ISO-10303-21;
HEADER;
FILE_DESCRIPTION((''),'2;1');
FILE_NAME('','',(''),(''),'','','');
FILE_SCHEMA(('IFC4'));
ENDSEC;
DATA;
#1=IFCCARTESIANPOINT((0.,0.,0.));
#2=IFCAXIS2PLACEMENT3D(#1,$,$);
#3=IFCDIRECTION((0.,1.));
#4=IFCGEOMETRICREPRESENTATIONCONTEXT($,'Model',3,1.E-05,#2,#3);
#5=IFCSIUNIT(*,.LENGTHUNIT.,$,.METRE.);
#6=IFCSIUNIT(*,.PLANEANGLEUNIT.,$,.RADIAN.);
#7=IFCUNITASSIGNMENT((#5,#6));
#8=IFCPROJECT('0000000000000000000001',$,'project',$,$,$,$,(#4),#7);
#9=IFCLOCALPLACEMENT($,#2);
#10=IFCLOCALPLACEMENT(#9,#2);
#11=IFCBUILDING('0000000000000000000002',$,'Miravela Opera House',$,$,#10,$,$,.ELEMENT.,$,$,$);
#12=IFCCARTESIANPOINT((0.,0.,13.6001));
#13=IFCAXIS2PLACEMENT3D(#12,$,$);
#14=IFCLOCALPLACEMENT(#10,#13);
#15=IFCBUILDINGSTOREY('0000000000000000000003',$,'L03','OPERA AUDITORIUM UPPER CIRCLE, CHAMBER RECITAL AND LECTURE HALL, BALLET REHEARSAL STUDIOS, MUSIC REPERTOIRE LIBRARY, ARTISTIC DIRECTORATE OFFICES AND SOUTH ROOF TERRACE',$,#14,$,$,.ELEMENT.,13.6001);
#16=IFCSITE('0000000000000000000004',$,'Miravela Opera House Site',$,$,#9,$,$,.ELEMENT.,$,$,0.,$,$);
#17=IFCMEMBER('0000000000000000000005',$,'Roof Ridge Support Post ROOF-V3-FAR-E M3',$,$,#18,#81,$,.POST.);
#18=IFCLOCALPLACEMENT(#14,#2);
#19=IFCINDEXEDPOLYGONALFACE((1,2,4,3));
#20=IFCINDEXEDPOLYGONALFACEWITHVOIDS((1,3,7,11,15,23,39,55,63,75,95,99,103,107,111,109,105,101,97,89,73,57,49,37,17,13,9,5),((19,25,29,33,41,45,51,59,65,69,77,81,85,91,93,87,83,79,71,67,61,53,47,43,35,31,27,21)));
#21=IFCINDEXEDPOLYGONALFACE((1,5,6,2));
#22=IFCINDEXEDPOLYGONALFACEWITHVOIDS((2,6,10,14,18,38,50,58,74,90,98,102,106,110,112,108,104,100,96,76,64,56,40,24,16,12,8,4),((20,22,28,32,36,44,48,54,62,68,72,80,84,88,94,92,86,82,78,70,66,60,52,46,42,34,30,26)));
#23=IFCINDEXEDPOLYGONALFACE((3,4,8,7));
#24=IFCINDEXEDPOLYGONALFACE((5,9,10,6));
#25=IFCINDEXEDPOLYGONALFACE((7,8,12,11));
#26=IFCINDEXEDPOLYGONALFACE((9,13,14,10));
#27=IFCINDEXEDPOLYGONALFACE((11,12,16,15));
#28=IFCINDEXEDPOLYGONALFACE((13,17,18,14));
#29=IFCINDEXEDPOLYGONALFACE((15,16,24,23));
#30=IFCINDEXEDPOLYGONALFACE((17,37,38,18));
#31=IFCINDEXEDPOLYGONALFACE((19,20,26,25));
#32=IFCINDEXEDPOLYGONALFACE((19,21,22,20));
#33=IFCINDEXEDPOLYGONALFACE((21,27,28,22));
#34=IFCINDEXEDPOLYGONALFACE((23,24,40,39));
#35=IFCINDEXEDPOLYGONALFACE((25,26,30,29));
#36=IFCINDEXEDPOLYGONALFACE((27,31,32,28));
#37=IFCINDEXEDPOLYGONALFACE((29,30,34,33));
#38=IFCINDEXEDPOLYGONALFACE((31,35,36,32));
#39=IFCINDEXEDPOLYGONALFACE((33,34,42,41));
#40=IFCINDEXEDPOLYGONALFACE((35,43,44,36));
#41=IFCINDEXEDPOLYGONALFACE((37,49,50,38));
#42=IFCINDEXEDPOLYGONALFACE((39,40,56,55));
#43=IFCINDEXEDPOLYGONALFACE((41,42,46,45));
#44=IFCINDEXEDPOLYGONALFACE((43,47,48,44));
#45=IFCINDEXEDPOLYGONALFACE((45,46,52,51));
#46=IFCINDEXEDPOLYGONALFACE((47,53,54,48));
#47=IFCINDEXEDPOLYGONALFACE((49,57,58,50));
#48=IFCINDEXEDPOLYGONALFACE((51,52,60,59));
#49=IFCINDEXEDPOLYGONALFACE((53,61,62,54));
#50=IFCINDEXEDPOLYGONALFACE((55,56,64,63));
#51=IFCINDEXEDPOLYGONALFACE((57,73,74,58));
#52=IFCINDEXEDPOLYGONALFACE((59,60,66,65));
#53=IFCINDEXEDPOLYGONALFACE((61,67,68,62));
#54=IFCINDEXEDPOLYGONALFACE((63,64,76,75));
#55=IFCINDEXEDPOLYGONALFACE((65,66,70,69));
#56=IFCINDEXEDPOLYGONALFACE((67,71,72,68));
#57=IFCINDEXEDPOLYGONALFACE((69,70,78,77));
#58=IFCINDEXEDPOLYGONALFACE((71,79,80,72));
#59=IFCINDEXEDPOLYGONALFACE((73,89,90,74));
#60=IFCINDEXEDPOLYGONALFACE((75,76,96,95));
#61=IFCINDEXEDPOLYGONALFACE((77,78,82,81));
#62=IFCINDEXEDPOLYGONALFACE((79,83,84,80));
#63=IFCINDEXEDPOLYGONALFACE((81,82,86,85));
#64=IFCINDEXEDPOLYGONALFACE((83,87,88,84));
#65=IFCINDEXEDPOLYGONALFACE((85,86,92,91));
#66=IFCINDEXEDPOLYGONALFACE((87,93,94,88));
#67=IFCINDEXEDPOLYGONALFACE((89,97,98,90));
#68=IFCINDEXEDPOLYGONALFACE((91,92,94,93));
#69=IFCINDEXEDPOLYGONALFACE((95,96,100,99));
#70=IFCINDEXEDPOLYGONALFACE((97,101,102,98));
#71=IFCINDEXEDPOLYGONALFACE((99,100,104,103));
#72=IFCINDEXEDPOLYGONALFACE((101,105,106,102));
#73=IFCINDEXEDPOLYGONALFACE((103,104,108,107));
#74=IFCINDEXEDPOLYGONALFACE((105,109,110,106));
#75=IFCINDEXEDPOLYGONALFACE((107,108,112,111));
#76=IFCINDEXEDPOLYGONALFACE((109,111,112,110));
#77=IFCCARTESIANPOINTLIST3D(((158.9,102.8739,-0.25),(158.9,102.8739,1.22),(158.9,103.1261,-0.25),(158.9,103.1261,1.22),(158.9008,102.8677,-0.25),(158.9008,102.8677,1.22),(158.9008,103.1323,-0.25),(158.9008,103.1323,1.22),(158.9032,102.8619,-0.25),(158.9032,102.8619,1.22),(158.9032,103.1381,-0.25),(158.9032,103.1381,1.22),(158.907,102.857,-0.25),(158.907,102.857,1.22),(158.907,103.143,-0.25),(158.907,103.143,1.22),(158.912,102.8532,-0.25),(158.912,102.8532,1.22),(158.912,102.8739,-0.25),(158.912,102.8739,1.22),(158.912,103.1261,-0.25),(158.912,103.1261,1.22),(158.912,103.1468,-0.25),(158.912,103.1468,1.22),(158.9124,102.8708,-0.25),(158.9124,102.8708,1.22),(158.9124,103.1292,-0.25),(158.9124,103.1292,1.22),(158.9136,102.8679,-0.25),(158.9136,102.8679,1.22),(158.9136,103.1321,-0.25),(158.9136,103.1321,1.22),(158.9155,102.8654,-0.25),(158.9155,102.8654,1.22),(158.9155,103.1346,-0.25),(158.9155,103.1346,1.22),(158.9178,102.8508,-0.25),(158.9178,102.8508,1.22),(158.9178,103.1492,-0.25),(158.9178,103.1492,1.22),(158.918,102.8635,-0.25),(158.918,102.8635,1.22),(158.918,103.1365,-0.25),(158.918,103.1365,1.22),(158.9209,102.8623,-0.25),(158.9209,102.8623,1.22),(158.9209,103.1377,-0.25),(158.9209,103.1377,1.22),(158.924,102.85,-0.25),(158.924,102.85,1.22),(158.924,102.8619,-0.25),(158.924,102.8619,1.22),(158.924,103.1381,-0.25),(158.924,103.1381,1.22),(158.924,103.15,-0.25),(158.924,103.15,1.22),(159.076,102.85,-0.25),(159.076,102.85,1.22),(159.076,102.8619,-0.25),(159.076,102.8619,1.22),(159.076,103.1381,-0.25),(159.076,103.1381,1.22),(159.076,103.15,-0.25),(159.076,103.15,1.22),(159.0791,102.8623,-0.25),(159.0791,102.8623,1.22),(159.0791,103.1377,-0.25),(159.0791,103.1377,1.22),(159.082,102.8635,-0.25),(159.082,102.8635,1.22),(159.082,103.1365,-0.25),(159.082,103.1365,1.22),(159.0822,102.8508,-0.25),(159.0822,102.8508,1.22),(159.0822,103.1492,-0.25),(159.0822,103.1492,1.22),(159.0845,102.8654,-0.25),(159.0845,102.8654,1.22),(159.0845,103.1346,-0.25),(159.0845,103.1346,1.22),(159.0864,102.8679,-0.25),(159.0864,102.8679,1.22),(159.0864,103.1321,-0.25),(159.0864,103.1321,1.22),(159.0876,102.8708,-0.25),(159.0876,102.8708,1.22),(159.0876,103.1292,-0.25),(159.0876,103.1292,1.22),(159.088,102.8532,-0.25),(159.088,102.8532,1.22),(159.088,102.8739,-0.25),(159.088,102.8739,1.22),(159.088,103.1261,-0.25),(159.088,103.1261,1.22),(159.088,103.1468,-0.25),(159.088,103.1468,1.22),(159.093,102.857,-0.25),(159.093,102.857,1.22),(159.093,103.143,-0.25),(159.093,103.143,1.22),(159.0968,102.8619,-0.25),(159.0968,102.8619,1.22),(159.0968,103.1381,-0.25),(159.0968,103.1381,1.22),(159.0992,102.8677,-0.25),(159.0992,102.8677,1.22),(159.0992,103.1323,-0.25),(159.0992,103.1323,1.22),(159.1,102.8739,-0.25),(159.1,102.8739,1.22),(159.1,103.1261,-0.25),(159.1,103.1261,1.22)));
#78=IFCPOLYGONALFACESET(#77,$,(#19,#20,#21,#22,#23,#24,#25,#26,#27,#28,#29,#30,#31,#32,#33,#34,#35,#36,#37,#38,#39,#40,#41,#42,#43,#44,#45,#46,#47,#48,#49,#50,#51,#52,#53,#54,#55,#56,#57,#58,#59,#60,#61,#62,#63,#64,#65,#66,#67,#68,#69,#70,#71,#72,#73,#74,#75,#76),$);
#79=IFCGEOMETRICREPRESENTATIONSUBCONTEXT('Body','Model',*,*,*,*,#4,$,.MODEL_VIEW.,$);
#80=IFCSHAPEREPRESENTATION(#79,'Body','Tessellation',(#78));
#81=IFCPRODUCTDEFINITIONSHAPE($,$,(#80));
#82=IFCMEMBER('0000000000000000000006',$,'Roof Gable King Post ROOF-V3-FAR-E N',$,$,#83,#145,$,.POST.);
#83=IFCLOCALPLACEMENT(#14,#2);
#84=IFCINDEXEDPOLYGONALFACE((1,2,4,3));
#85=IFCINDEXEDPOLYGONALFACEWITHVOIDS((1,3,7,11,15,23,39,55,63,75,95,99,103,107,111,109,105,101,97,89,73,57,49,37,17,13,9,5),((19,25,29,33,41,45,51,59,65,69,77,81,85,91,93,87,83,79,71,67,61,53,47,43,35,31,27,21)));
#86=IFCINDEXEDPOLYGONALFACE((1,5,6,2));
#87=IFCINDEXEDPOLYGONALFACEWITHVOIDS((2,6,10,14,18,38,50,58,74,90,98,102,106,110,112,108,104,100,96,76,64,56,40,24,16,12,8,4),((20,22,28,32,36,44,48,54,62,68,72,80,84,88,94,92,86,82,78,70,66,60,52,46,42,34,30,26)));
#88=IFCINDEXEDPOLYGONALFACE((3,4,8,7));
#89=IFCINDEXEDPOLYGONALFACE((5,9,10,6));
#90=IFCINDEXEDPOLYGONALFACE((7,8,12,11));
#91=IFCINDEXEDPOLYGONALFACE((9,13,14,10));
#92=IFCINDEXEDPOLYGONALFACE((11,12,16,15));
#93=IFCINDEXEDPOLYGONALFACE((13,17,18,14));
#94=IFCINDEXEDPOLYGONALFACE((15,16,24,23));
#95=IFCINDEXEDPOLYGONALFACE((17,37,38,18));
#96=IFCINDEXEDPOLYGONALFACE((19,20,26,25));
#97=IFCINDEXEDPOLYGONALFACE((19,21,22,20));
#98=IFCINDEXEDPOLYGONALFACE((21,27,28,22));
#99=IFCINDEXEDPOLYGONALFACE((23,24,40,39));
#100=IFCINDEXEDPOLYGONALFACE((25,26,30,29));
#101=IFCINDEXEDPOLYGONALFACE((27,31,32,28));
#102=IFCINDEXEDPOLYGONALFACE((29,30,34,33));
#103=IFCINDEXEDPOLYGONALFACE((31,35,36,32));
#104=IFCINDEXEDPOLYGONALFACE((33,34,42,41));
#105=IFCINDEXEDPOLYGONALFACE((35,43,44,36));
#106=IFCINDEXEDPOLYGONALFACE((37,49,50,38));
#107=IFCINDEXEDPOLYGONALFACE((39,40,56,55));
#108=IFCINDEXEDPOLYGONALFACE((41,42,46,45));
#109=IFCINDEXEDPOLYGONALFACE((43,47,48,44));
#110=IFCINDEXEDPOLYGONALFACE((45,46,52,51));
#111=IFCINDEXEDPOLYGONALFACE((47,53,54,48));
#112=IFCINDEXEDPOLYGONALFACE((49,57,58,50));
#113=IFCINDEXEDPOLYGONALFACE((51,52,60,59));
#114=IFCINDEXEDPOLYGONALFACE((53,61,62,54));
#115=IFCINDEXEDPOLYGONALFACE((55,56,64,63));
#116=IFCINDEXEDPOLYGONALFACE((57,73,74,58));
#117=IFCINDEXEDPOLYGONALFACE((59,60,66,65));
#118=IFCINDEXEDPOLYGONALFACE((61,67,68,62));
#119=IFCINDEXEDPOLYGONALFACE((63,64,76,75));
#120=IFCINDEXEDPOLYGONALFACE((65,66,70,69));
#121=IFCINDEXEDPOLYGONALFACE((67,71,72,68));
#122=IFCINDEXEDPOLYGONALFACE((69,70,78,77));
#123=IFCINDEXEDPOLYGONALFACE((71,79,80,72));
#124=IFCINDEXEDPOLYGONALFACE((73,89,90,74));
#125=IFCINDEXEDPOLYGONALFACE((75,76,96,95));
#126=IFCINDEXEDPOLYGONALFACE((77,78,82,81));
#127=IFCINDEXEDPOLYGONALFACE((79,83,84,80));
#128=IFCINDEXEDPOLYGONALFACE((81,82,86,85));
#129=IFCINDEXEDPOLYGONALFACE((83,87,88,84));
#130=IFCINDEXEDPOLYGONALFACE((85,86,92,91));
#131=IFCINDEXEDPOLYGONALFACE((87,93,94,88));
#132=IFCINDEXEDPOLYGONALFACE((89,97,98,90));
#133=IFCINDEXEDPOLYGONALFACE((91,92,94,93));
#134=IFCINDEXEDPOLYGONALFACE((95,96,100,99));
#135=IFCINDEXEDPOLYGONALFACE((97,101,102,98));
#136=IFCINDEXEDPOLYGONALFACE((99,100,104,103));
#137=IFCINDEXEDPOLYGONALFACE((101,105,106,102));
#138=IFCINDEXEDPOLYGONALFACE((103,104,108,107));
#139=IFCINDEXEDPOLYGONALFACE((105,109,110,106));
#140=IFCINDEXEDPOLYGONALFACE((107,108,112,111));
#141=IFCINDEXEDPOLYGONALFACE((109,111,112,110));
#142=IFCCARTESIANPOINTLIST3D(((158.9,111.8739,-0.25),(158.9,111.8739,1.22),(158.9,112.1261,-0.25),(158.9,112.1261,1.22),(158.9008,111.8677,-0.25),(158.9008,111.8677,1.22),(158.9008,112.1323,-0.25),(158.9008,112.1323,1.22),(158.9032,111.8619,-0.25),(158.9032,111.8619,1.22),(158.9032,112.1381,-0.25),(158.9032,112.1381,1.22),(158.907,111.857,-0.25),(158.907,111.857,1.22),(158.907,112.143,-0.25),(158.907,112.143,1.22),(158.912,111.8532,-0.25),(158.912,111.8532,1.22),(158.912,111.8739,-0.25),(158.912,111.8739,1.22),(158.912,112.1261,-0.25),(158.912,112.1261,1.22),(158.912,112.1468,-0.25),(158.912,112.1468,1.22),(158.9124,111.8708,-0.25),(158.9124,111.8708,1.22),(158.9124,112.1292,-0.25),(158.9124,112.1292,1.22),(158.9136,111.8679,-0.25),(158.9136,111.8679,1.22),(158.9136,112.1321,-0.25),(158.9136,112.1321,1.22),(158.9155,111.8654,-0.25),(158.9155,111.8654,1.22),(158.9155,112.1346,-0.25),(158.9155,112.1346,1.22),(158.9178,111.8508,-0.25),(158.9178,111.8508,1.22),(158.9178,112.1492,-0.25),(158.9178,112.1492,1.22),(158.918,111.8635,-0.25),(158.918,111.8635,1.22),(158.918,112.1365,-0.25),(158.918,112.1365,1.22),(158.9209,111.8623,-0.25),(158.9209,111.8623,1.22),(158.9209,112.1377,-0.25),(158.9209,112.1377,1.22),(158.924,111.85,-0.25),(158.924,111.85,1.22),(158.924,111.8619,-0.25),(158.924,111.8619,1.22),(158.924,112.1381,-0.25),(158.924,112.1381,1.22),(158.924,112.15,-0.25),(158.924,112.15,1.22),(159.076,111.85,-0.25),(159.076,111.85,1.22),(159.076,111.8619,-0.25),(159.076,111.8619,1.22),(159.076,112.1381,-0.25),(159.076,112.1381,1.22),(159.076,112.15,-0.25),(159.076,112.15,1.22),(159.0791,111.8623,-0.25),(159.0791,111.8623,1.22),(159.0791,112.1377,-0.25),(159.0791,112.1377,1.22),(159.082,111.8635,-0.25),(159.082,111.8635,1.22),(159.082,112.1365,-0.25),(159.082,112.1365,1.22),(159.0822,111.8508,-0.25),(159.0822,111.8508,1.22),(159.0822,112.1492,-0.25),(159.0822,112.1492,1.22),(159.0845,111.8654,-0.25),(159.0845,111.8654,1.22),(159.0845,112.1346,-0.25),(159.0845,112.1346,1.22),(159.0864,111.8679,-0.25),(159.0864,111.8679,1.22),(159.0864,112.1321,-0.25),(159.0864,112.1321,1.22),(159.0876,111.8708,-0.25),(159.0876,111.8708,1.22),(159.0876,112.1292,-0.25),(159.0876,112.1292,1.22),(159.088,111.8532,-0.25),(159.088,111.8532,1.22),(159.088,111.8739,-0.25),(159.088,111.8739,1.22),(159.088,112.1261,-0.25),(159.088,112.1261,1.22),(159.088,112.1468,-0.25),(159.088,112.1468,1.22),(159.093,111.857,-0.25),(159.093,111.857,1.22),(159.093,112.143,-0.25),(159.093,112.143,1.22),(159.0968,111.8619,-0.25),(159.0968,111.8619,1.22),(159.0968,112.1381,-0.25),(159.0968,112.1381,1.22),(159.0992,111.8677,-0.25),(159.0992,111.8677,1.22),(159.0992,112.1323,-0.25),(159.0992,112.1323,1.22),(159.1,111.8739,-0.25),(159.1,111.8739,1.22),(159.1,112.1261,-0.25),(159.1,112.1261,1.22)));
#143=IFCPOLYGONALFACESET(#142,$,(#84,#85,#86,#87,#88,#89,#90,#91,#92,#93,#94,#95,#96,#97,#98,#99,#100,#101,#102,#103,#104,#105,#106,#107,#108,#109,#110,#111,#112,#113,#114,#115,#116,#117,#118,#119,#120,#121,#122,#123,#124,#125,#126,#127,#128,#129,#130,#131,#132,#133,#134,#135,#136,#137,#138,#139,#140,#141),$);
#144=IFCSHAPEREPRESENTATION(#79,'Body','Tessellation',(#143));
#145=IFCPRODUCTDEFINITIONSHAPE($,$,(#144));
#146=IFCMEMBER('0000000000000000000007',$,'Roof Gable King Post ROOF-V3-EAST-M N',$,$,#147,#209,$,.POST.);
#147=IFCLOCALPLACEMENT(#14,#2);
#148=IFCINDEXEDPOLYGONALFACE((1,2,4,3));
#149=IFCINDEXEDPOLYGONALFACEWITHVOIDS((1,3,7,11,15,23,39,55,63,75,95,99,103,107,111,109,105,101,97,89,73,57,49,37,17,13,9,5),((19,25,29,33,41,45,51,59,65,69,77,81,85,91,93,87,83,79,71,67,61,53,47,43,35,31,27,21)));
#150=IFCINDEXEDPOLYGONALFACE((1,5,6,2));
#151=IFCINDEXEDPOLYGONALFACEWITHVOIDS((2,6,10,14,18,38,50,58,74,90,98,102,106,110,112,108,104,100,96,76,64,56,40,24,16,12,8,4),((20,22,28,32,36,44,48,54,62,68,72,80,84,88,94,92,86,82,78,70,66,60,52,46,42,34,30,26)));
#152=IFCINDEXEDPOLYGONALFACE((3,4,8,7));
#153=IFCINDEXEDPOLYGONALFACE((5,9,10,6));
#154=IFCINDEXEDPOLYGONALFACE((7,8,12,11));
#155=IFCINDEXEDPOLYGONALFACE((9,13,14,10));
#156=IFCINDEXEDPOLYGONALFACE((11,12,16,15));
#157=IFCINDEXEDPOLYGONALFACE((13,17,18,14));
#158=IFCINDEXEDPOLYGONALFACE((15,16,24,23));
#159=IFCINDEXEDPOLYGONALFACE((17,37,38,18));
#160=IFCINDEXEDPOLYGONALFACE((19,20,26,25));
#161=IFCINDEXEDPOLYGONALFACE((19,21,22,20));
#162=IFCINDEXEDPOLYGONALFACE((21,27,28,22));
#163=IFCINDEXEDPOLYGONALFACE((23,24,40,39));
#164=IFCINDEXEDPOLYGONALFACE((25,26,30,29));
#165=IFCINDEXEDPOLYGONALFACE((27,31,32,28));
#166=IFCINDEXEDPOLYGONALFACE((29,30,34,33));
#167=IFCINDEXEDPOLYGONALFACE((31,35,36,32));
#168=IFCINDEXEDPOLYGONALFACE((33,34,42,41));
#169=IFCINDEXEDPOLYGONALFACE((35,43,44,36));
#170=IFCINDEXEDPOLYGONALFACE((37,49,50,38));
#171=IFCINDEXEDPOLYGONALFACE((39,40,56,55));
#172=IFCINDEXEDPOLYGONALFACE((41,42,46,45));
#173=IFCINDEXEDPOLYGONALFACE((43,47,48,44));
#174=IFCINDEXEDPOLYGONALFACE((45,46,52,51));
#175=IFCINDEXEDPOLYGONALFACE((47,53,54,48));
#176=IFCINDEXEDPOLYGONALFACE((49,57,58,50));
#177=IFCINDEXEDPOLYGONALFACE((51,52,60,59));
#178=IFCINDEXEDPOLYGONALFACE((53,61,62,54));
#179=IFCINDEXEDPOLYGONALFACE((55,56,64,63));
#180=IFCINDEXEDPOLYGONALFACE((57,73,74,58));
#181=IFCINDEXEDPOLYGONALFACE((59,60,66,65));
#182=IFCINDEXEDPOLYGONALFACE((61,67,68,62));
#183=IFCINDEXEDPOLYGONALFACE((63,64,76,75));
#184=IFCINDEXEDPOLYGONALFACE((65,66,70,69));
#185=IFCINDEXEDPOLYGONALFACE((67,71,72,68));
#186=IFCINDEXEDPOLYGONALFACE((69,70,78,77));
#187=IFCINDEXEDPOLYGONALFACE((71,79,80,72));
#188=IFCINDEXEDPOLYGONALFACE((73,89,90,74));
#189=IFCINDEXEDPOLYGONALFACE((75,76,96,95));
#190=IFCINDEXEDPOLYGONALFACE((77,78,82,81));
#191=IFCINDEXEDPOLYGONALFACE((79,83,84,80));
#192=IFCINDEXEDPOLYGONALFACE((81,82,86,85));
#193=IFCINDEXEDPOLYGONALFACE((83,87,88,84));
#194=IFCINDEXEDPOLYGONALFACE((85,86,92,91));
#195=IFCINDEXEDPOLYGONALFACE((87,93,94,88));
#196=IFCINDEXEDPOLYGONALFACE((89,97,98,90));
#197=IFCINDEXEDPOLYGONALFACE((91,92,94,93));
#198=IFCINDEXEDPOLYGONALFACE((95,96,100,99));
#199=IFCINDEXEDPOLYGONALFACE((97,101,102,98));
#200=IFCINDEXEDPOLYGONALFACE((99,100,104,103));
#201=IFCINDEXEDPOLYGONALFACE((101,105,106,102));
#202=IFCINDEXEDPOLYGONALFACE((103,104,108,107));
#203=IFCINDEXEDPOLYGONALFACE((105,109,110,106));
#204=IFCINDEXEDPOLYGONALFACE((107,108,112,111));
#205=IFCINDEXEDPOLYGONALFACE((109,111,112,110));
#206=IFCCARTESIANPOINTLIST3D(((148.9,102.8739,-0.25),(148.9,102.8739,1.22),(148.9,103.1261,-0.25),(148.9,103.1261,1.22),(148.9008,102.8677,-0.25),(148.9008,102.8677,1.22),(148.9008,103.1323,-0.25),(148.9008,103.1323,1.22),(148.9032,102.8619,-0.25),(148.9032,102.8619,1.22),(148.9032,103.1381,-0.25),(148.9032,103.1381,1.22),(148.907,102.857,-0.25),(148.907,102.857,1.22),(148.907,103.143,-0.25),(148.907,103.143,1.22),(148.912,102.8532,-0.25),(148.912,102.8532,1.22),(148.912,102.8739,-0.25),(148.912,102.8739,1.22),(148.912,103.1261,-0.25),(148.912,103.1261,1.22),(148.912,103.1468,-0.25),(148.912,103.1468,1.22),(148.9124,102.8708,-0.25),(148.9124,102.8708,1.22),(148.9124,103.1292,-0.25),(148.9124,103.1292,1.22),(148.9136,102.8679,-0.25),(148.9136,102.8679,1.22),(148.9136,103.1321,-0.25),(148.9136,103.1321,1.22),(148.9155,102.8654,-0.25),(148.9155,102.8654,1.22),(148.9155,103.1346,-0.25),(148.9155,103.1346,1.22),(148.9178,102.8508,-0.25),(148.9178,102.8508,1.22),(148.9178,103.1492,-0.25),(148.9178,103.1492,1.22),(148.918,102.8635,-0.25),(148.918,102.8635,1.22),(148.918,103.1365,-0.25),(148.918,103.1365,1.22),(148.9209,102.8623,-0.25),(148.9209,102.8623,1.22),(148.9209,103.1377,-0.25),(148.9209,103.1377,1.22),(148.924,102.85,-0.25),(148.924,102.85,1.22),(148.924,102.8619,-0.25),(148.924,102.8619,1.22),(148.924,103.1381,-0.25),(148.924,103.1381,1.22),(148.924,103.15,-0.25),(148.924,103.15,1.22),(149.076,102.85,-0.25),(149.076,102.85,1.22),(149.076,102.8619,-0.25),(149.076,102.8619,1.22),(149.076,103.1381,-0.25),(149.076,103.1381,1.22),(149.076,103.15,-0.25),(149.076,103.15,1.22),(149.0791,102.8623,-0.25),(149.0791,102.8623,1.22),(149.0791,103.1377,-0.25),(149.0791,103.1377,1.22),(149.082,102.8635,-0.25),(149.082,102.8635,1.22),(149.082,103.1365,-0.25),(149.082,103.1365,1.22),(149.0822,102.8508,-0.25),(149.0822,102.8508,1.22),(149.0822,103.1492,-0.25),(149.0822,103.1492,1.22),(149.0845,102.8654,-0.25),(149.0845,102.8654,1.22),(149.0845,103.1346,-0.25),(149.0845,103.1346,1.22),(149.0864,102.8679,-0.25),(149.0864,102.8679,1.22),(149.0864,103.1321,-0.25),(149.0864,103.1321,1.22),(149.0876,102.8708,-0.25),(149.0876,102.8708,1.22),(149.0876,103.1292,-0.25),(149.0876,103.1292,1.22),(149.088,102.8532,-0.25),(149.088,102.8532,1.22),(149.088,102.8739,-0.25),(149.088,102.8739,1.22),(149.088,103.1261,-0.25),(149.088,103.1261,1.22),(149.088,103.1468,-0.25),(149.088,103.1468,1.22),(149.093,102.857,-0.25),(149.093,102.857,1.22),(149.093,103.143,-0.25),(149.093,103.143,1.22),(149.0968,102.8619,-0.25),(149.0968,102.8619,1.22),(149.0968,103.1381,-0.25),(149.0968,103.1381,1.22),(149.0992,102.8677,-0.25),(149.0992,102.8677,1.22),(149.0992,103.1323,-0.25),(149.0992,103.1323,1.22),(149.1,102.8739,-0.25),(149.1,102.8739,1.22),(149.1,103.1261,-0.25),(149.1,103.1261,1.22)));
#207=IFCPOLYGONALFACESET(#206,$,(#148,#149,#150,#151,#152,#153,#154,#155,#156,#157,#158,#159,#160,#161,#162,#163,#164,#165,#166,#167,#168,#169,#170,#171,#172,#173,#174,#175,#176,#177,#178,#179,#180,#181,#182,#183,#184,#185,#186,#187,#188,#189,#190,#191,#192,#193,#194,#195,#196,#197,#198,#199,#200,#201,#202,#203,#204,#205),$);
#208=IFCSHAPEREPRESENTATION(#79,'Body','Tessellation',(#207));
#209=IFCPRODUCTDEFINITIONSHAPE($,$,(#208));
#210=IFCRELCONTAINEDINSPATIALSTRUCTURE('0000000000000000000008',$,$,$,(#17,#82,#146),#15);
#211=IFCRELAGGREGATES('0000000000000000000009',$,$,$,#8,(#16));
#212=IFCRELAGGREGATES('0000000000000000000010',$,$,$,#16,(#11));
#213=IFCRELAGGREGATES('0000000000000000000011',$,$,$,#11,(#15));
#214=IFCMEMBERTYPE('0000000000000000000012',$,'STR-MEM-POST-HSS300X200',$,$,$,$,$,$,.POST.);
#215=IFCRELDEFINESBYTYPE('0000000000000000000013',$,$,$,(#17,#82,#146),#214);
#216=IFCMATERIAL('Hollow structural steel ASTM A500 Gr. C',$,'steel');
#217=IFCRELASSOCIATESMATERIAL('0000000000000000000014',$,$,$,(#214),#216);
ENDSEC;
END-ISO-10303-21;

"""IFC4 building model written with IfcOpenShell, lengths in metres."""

from ifc_helpers import new_model, si_unit, direction, frame, origin, origin_2d, place, context, subcontext, project, spatial, hollow_rectangle, extrude, material, material_profile, profile_set, type_object, element, save


model = new_model("IFC4")

# Units and contexts
model_context = context("Model", 3, precision=1e-05, world=origin(), true_north=direction((0.0, 1.0)))
body_context = subcontext(model_context, "Body", "Model", "MODEL_VIEW")
ifc_project = project(units=[si_unit("LENGTHUNIT", "METRE"), si_unit("PLANEANGLEUNIT", "RADIAN")], contexts=[model_context])

# Site, building, storey
site_placement = place(None, origin())
site = spatial("IfcSite", under=ifc_project, at=site_placement, Name="Miravela Opera House Site", CompositionType="ELEMENT", RefElevation=0.0)
building_placement = place(site_placement, origin())
building = spatial("IfcBuilding", under=site, at=building_placement, Name="Miravela Opera House", CompositionType="ELEMENT")
storey_placement = place(building_placement, frame((0.0, 0.0, 13.6001)))
storey = spatial("IfcBuildingStorey", under=building, at=storey_placement, Name="L03", Description="OPERA AUDITORIUM UPPER CIRCLE, CHAMBER RECITAL AND LECTURE HALL, BALLET REHEARSAL STUDIOS, MUSIC REPERTOIRE LIBRARY, ARTISTIC DIRECTORATE OFFICES AND SOUTH ROOF TERRACE", CompositionType="ELEMENT", Elevation=13.6001)

# Members
ifc_material_1 = material(Name="Hollow structural steel ASTM A500 Gr. C", Category="steel")
ifc_material_profile_1 = material_profile(ifc_material_1, hollow_rectangle(XDim=0.2, YDim=0.3, WallThickness=0.012, InnerFilletRadius=0.012, OuterFilletRadius=0.0239, at=origin_2d()), Name="HSS300X200X12")
ifc_profile_set_1 = profile_set([ifc_material_profile_1])
member_type_1 = type_object("IfcMemberType", Name="STR-MEM-POST-HSS300X200", PredefinedType="POST", material=ifc_profile_set_1)
for number, where, z_axis, x_axis, name in (
    (1, (159.0, 103.0, -0.25), (0.0, 0.0, 1.0), (1.0, 0.0, 0.0), "Roof Ridge Support Post ROOF-V3-FAR-E M3"),
    (2, (159.0, 112.0, -0.25), (0.0, 0.0, 1.0), (1.0, 0.0, 0.0), "Roof Gable King Post ROOF-V3-FAR-E N"),
    (3, (149.0, 103.0, -0.25), (0.0, 0.0, 1.0), (1.0, 0.0, 0.0), "Roof Gable King Post ROOF-V3-EAST-M N"),
):
    element("IfcMember", number, at=place(storey_placement, frame(where, z_axis=z_axis, x_axis=x_axis)), inside=storey, type_object=member_type_1, Name=name, PredefinedType="POST", context=body_context, shape_type="SweptSolid", body=[
        extrude(hollow_rectangle(XDim=0.2, YDim=0.3, WallThickness=0.012, InnerFilletRadius=0.012, OuterFilletRadius=0.0239, at=origin_2d()), origin(), (0.0, 0.0, 1.0), 1.47),
    ])

save(model, "model.ifc")
